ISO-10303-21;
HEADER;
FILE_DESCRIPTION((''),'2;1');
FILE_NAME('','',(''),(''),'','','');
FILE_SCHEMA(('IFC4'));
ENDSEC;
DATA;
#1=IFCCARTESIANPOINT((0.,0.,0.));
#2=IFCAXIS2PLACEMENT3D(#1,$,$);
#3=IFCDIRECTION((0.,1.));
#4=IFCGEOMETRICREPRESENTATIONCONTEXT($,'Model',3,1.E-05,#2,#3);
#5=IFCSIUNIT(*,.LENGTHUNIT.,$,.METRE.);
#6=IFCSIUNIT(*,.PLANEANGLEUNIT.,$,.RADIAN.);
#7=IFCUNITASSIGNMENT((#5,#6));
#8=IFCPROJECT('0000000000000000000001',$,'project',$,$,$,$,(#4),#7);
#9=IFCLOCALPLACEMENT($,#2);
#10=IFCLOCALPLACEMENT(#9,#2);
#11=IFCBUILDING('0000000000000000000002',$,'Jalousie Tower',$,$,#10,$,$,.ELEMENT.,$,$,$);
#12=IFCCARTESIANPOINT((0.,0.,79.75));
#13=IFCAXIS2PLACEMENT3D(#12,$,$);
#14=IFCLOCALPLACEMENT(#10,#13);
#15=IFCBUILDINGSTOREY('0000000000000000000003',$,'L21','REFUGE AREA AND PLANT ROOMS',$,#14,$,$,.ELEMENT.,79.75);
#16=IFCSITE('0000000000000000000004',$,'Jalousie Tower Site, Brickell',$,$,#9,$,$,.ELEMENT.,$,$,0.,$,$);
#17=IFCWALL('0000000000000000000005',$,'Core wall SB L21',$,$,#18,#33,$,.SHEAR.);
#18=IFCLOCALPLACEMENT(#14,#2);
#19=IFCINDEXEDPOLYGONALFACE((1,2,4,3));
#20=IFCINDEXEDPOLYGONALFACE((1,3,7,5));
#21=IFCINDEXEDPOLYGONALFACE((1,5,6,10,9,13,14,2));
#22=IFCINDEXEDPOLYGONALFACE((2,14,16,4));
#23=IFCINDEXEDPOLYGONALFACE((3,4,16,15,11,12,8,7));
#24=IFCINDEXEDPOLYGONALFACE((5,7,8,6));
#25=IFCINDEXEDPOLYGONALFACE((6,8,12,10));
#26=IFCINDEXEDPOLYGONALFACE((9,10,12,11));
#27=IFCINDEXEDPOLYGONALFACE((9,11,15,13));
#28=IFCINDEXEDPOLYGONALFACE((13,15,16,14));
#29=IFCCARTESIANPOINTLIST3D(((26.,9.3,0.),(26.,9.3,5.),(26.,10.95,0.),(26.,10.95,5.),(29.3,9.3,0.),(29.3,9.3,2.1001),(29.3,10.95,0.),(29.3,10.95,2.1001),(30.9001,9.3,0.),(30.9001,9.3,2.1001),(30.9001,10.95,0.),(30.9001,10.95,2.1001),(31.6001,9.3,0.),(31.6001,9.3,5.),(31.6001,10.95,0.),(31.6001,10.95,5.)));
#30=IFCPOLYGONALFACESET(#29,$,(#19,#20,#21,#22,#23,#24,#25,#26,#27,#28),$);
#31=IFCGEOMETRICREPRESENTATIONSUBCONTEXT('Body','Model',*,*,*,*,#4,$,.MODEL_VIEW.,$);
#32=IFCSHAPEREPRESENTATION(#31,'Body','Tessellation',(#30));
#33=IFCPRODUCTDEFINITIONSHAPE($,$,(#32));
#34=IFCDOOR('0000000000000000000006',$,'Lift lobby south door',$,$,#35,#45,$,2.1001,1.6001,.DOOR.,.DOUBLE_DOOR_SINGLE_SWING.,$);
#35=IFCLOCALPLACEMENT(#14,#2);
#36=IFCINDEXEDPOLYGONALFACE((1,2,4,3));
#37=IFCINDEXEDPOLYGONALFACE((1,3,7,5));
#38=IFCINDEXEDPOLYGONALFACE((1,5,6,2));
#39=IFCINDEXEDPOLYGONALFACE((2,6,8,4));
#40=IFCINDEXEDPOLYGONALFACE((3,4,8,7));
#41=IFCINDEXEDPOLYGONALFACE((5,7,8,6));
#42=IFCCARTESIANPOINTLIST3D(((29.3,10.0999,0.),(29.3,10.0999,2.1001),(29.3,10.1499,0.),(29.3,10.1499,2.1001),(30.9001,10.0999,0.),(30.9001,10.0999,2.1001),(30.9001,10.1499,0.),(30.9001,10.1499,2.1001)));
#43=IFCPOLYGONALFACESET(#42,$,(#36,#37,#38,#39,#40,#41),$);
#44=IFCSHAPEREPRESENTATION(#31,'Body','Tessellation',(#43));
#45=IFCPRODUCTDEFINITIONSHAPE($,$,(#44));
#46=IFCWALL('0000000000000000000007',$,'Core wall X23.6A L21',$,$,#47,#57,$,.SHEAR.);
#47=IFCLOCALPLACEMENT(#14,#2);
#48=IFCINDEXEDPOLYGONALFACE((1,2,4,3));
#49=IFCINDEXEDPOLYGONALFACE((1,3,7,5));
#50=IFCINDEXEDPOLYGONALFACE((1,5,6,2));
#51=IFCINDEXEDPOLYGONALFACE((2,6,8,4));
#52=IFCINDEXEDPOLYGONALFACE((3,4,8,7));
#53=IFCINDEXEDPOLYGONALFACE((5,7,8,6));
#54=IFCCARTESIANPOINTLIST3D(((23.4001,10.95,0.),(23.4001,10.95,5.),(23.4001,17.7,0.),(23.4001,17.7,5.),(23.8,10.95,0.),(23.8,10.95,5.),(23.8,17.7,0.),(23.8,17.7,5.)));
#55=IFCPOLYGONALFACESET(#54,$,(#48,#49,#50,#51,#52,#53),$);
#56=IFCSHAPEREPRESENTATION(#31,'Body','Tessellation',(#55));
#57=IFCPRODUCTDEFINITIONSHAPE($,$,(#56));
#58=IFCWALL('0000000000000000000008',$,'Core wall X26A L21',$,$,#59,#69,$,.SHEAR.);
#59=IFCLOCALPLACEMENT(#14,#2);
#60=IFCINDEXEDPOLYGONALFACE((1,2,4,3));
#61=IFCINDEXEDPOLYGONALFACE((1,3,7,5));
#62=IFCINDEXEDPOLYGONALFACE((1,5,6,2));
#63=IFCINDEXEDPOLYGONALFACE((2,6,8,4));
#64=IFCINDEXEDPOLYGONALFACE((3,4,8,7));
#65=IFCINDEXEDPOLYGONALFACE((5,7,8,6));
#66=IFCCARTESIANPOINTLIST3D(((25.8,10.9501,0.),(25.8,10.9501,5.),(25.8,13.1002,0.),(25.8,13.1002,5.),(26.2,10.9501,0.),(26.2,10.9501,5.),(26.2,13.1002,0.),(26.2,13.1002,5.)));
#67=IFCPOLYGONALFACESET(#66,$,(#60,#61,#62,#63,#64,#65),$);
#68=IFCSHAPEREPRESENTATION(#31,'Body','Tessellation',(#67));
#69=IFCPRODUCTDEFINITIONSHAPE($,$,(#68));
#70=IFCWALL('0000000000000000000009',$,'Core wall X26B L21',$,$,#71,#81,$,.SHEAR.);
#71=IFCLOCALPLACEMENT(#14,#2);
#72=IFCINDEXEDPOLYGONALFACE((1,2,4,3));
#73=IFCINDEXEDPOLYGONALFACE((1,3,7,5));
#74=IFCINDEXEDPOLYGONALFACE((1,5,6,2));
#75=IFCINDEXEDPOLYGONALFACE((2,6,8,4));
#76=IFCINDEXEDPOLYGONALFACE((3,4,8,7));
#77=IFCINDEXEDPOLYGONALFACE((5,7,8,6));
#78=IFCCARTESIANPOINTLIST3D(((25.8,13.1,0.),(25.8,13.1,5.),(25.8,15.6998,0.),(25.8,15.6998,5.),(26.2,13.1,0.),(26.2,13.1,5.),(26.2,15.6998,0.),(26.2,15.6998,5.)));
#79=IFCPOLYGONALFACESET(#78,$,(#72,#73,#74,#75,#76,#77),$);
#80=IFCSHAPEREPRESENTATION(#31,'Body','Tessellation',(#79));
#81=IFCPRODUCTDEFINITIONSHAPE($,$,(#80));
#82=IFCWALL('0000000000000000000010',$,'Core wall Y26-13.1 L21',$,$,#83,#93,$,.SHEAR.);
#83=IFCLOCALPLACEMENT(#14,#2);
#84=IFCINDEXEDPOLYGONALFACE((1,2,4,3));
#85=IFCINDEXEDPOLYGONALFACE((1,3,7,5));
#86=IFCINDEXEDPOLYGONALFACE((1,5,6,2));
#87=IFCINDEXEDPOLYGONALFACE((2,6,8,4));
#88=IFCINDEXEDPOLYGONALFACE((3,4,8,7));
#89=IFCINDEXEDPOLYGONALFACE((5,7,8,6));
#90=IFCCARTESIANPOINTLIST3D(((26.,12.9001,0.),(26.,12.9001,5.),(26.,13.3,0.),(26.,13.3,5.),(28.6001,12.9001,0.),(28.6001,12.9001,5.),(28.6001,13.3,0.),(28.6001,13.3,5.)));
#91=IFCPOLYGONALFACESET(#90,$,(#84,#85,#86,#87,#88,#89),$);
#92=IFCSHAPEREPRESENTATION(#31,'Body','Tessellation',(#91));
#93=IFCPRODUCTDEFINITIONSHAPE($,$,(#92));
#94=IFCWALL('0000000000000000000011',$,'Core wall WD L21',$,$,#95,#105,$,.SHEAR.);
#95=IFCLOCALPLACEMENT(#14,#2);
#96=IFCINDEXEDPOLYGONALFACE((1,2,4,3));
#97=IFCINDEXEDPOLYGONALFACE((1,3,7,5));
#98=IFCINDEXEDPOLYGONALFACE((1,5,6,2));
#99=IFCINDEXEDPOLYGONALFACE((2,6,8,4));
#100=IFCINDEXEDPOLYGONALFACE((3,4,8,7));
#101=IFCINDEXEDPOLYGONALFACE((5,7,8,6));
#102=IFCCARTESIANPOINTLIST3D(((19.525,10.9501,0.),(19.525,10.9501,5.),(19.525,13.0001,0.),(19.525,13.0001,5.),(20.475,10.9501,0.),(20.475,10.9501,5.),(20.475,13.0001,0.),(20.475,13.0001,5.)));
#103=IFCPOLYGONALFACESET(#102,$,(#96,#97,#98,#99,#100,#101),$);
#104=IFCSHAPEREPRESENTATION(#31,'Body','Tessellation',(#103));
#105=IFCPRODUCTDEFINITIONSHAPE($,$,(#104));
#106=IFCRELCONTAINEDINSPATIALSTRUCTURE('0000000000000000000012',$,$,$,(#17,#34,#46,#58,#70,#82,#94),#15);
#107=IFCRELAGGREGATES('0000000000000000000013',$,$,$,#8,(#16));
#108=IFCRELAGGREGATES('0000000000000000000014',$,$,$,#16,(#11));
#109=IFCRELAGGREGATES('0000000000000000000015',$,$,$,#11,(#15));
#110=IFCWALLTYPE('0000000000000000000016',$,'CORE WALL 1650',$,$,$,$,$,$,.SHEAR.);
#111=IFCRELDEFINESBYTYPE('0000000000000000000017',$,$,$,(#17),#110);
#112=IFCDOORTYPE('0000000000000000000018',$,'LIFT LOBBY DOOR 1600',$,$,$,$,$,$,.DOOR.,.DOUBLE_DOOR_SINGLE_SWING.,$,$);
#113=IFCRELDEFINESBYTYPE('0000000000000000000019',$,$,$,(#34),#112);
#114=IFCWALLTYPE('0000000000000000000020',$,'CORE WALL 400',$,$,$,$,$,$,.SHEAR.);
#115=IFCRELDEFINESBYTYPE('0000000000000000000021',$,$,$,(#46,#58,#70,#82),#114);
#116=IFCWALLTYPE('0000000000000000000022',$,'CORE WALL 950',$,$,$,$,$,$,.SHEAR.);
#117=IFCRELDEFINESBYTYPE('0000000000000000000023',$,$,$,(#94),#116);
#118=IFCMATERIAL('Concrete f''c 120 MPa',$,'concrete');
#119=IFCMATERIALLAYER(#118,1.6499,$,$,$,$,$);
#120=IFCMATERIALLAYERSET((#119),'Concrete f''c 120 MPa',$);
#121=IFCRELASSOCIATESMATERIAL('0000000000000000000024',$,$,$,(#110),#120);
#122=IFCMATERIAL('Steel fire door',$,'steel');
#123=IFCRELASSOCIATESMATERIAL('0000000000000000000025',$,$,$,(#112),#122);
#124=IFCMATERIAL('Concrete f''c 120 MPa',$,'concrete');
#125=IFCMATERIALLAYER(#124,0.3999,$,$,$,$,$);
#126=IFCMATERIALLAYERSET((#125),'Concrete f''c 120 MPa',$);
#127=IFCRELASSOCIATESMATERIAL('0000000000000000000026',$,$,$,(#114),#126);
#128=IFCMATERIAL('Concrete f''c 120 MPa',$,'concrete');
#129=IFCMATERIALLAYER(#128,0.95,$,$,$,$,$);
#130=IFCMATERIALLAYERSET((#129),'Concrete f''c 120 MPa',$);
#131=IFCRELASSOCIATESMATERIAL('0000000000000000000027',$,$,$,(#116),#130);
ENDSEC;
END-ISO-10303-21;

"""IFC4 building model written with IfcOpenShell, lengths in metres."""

from ifc_helpers import new_model, si_unit, direction, frame, frame_2d, origin, place, context, subcontext, project, spatial, rectangle, extrude, material, layer, layer_set, type_object, element, fill, save


model = new_model("IFC4")

# Units and contexts
model_context = context("Model", 3, precision=1e-05, world=origin(), true_north=direction((0.0, 1.0)))
body_context = subcontext(model_context, "Body", "Model", "MODEL_VIEW")
ifc_project = project(units=[si_unit("LENGTHUNIT", "METRE"), si_unit("PLANEANGLEUNIT", "RADIAN")], contexts=[model_context])

# Site, building, storey
site_placement = place(None, origin())
site = spatial("IfcSite", under=ifc_project, at=site_placement, Name="Jalousie Tower Site, Brickell", CompositionType="ELEMENT", RefElevation=0.0)
building_placement = place(site_placement, origin())
building = spatial("IfcBuilding", under=site, at=building_placement, Name="Jalousie Tower", CompositionType="ELEMENT")
storey_placement = place(building_placement, frame((0.0, 0.0, 79.75)))
storey = spatial("IfcBuildingStorey", under=building, at=storey_placement, Name="L21", Description="REFUGE AREA AND PLANT ROOMS", CompositionType="ELEMENT", Elevation=79.75)

# Wall, opening, door
ifc_material_1 = material(Name="Concrete f'c 120 MPa", Category="concrete")
ifc_layer_1 = layer(ifc_material_1, 1.6499)
ifc_layer_set_1 = layer_set([ifc_layer_1], Name="Concrete f'c 120 MPa")
wall_type_1 = type_object("IfcWallType", Name="CORE WALL 1650", PredefinedType="SHEAR", material=ifc_layer_set_1)
wall_1_placement = place(storey_placement, frame((26.0, 10.125, 0.0), z_axis=(0.0, 0.0, 1.0), x_axis=(1.0, 0.0, 0.0)))
wall_1 = element("IfcWall", 1, at=wall_1_placement, inside=storey, type_object=wall_type_1, Name="Core wall SB L21", PredefinedType="SHEAR", context=body_context, shape_type="SweptSolid", body=[
    extrude(rectangle(XDim=5.6001, YDim=1.6499, at=frame_2d((2.8, 0.0))), origin(), (0.0, 0.0, 1.0), 5.0),
])
opening_1_placement = place(wall_1_placement, frame((3.3, 0.0, 0.0)))
opening_1 = element("IfcOpeningElement", 2, at=opening_1_placement, cuts=wall_1, PredefinedType="OPENING", context=body_context, shape_type="SweptSolid", body=[
    extrude(rectangle(XDim=1.6001, YDim=2.1001, at=frame_2d((0.8, 1.05))), frame((0.0, 0.835, 0.0), z_axis=(0.0, -1.0, 0.0), x_axis=(1.0, 0.0, 0.0)), (0.0, 0.0, 1.0), 1.6699),
])
ifc_material_2 = material(Name="Steel fire door", Category="steel")
door_type_1 = type_object("IfcDoorType", Name="LIFT LOBBY DOOR 1600", OperationType="DOUBLE_DOOR_SINGLE_SWING", PredefinedType="DOOR", material=ifc_material_2)
door_1_placement = place(opening_1_placement, origin())
door_1 = element("IfcDoor", 3, at=door_1_placement, inside=storey, type_object=door_type_1, Name="Lift lobby south door", OperationType="DOUBLE_DOOR_SINGLE_SWING", OverallHeight=2.1001, OverallWidth=1.6001, PredefinedType="DOOR", context=body_context, shape_type="SweptSolid", body=[
    extrude(rectangle(XDim=1.6001, YDim=2.1001, at=frame_2d((0.8, 1.05))), frame((0.0, 0.0249, 0.0), z_axis=(0.0, -1.0, 0.0), x_axis=(1.0, 0.0, 0.0)), (0.0, 0.0, 1.0), 0.05),
])
fill(opening_1, door_1)

# Walls
ifc_material_3 = material(Name="Concrete f'c 120 MPa", Category="concrete")
ifc_layer_2 = layer(ifc_material_3, 0.3999)
ifc_layer_set_2 = layer_set([ifc_layer_2], Name="Concrete f'c 120 MPa")
wall_type_2 = type_object("IfcWallType", Name="CORE WALL 400", PredefinedType="SHEAR", material=ifc_layer_set_2)
wall_2_placement = place(storey_placement, frame((23.6001, 10.95, 0.0), z_axis=(0.0, 0.0, 1.0), x_axis=(0.0, 1.0, 0.0)))
element("IfcWall", 4, at=wall_2_placement, inside=storey, type_object=wall_type_2, Name="Core wall X23.6A L21", PredefinedType="SHEAR", context=body_context, shape_type="SweptSolid", body=[
    extrude(rectangle(XDim=6.75, YDim=0.3999, at=frame_2d((3.375, 0.0))), origin(), (0.0, 0.0, 1.0), 5.0),
])
wall_3_placement = place(storey_placement, frame((26.0, 10.95, 0.0), z_axis=(0.0, 0.0, 1.0), x_axis=(0.0, 1.0, 0.0)))
element("IfcWall", 5, at=wall_3_placement, inside=storey, type_object=wall_type_2, Name="Core wall X26A L21", PredefinedType="SHEAR", context=body_context, shape_type="SweptSolid", body=[
    extrude(rectangle(XDim=2.1501, YDim=0.3999, at=frame_2d((1.0752, 0.0))), origin(), (0.0, 0.0, 1.0), 5.0),
])
wall_4_placement = place(storey_placement, frame((26.0, 13.1001, 0.0), z_axis=(0.0, 0.0, 1.0), x_axis=(0.0, 1.0, 0.0)))
element("IfcWall", 6, at=wall_4_placement, inside=storey, type_object=wall_type_2, Name="Core wall X26B L21", PredefinedType="SHEAR", context=body_context, shape_type="SweptSolid", body=[
    extrude(rectangle(XDim=2.5999, YDim=0.3999, at=frame_2d((1.2998, 0.0))), origin(), (0.0, 0.0, 1.0), 5.0),
])
wall_5_placement = place(storey_placement, frame((26.0, 13.1001, 0.0), z_axis=(0.0, 0.0, 1.0), x_axis=(1.0, 0.0, 0.0)))
element("IfcWall", 7, at=wall_5_placement, inside=storey, type_object=wall_type_2, Name="Core wall Y26-13.1 L21", PredefinedType="SHEAR", context=body_context, shape_type="SweptSolid", body=[
    extrude(rectangle(XDim=2.6001, YDim=0.3999, at=frame_2d((1.3, 0.0))), origin(), (0.0, 0.0, 1.0), 5.0),
])
ifc_material_4 = material(Name="Concrete f'c 120 MPa", Category="concrete")
ifc_layer_3 = layer(ifc_material_4, 0.95)
ifc_layer_set_3 = layer_set([ifc_layer_3], Name="Concrete f'c 120 MPa")
wall_type_3 = type_object("IfcWallType", Name="CORE WALL 950", PredefinedType="SHEAR", material=ifc_layer_set_3)
wall_6_placement = place(storey_placement, frame((20.0, 13.0, 0.0), z_axis=(0.0, 0.0, 1.0), x_axis=(0.0, -1.0, 0.0)))
element("IfcWall", 8, at=wall_6_placement, inside=storey, type_object=wall_type_3, Name="Core wall WD L21", PredefinedType="SHEAR", context=body_context, shape_type="SweptSolid", body=[
    extrude(rectangle(XDim=2.05, YDim=0.95, at=frame_2d((1.0249, 0.0))), origin(), (0.0, 0.0, 1.0), 5.0),
])

save(model, "model.ifc")
